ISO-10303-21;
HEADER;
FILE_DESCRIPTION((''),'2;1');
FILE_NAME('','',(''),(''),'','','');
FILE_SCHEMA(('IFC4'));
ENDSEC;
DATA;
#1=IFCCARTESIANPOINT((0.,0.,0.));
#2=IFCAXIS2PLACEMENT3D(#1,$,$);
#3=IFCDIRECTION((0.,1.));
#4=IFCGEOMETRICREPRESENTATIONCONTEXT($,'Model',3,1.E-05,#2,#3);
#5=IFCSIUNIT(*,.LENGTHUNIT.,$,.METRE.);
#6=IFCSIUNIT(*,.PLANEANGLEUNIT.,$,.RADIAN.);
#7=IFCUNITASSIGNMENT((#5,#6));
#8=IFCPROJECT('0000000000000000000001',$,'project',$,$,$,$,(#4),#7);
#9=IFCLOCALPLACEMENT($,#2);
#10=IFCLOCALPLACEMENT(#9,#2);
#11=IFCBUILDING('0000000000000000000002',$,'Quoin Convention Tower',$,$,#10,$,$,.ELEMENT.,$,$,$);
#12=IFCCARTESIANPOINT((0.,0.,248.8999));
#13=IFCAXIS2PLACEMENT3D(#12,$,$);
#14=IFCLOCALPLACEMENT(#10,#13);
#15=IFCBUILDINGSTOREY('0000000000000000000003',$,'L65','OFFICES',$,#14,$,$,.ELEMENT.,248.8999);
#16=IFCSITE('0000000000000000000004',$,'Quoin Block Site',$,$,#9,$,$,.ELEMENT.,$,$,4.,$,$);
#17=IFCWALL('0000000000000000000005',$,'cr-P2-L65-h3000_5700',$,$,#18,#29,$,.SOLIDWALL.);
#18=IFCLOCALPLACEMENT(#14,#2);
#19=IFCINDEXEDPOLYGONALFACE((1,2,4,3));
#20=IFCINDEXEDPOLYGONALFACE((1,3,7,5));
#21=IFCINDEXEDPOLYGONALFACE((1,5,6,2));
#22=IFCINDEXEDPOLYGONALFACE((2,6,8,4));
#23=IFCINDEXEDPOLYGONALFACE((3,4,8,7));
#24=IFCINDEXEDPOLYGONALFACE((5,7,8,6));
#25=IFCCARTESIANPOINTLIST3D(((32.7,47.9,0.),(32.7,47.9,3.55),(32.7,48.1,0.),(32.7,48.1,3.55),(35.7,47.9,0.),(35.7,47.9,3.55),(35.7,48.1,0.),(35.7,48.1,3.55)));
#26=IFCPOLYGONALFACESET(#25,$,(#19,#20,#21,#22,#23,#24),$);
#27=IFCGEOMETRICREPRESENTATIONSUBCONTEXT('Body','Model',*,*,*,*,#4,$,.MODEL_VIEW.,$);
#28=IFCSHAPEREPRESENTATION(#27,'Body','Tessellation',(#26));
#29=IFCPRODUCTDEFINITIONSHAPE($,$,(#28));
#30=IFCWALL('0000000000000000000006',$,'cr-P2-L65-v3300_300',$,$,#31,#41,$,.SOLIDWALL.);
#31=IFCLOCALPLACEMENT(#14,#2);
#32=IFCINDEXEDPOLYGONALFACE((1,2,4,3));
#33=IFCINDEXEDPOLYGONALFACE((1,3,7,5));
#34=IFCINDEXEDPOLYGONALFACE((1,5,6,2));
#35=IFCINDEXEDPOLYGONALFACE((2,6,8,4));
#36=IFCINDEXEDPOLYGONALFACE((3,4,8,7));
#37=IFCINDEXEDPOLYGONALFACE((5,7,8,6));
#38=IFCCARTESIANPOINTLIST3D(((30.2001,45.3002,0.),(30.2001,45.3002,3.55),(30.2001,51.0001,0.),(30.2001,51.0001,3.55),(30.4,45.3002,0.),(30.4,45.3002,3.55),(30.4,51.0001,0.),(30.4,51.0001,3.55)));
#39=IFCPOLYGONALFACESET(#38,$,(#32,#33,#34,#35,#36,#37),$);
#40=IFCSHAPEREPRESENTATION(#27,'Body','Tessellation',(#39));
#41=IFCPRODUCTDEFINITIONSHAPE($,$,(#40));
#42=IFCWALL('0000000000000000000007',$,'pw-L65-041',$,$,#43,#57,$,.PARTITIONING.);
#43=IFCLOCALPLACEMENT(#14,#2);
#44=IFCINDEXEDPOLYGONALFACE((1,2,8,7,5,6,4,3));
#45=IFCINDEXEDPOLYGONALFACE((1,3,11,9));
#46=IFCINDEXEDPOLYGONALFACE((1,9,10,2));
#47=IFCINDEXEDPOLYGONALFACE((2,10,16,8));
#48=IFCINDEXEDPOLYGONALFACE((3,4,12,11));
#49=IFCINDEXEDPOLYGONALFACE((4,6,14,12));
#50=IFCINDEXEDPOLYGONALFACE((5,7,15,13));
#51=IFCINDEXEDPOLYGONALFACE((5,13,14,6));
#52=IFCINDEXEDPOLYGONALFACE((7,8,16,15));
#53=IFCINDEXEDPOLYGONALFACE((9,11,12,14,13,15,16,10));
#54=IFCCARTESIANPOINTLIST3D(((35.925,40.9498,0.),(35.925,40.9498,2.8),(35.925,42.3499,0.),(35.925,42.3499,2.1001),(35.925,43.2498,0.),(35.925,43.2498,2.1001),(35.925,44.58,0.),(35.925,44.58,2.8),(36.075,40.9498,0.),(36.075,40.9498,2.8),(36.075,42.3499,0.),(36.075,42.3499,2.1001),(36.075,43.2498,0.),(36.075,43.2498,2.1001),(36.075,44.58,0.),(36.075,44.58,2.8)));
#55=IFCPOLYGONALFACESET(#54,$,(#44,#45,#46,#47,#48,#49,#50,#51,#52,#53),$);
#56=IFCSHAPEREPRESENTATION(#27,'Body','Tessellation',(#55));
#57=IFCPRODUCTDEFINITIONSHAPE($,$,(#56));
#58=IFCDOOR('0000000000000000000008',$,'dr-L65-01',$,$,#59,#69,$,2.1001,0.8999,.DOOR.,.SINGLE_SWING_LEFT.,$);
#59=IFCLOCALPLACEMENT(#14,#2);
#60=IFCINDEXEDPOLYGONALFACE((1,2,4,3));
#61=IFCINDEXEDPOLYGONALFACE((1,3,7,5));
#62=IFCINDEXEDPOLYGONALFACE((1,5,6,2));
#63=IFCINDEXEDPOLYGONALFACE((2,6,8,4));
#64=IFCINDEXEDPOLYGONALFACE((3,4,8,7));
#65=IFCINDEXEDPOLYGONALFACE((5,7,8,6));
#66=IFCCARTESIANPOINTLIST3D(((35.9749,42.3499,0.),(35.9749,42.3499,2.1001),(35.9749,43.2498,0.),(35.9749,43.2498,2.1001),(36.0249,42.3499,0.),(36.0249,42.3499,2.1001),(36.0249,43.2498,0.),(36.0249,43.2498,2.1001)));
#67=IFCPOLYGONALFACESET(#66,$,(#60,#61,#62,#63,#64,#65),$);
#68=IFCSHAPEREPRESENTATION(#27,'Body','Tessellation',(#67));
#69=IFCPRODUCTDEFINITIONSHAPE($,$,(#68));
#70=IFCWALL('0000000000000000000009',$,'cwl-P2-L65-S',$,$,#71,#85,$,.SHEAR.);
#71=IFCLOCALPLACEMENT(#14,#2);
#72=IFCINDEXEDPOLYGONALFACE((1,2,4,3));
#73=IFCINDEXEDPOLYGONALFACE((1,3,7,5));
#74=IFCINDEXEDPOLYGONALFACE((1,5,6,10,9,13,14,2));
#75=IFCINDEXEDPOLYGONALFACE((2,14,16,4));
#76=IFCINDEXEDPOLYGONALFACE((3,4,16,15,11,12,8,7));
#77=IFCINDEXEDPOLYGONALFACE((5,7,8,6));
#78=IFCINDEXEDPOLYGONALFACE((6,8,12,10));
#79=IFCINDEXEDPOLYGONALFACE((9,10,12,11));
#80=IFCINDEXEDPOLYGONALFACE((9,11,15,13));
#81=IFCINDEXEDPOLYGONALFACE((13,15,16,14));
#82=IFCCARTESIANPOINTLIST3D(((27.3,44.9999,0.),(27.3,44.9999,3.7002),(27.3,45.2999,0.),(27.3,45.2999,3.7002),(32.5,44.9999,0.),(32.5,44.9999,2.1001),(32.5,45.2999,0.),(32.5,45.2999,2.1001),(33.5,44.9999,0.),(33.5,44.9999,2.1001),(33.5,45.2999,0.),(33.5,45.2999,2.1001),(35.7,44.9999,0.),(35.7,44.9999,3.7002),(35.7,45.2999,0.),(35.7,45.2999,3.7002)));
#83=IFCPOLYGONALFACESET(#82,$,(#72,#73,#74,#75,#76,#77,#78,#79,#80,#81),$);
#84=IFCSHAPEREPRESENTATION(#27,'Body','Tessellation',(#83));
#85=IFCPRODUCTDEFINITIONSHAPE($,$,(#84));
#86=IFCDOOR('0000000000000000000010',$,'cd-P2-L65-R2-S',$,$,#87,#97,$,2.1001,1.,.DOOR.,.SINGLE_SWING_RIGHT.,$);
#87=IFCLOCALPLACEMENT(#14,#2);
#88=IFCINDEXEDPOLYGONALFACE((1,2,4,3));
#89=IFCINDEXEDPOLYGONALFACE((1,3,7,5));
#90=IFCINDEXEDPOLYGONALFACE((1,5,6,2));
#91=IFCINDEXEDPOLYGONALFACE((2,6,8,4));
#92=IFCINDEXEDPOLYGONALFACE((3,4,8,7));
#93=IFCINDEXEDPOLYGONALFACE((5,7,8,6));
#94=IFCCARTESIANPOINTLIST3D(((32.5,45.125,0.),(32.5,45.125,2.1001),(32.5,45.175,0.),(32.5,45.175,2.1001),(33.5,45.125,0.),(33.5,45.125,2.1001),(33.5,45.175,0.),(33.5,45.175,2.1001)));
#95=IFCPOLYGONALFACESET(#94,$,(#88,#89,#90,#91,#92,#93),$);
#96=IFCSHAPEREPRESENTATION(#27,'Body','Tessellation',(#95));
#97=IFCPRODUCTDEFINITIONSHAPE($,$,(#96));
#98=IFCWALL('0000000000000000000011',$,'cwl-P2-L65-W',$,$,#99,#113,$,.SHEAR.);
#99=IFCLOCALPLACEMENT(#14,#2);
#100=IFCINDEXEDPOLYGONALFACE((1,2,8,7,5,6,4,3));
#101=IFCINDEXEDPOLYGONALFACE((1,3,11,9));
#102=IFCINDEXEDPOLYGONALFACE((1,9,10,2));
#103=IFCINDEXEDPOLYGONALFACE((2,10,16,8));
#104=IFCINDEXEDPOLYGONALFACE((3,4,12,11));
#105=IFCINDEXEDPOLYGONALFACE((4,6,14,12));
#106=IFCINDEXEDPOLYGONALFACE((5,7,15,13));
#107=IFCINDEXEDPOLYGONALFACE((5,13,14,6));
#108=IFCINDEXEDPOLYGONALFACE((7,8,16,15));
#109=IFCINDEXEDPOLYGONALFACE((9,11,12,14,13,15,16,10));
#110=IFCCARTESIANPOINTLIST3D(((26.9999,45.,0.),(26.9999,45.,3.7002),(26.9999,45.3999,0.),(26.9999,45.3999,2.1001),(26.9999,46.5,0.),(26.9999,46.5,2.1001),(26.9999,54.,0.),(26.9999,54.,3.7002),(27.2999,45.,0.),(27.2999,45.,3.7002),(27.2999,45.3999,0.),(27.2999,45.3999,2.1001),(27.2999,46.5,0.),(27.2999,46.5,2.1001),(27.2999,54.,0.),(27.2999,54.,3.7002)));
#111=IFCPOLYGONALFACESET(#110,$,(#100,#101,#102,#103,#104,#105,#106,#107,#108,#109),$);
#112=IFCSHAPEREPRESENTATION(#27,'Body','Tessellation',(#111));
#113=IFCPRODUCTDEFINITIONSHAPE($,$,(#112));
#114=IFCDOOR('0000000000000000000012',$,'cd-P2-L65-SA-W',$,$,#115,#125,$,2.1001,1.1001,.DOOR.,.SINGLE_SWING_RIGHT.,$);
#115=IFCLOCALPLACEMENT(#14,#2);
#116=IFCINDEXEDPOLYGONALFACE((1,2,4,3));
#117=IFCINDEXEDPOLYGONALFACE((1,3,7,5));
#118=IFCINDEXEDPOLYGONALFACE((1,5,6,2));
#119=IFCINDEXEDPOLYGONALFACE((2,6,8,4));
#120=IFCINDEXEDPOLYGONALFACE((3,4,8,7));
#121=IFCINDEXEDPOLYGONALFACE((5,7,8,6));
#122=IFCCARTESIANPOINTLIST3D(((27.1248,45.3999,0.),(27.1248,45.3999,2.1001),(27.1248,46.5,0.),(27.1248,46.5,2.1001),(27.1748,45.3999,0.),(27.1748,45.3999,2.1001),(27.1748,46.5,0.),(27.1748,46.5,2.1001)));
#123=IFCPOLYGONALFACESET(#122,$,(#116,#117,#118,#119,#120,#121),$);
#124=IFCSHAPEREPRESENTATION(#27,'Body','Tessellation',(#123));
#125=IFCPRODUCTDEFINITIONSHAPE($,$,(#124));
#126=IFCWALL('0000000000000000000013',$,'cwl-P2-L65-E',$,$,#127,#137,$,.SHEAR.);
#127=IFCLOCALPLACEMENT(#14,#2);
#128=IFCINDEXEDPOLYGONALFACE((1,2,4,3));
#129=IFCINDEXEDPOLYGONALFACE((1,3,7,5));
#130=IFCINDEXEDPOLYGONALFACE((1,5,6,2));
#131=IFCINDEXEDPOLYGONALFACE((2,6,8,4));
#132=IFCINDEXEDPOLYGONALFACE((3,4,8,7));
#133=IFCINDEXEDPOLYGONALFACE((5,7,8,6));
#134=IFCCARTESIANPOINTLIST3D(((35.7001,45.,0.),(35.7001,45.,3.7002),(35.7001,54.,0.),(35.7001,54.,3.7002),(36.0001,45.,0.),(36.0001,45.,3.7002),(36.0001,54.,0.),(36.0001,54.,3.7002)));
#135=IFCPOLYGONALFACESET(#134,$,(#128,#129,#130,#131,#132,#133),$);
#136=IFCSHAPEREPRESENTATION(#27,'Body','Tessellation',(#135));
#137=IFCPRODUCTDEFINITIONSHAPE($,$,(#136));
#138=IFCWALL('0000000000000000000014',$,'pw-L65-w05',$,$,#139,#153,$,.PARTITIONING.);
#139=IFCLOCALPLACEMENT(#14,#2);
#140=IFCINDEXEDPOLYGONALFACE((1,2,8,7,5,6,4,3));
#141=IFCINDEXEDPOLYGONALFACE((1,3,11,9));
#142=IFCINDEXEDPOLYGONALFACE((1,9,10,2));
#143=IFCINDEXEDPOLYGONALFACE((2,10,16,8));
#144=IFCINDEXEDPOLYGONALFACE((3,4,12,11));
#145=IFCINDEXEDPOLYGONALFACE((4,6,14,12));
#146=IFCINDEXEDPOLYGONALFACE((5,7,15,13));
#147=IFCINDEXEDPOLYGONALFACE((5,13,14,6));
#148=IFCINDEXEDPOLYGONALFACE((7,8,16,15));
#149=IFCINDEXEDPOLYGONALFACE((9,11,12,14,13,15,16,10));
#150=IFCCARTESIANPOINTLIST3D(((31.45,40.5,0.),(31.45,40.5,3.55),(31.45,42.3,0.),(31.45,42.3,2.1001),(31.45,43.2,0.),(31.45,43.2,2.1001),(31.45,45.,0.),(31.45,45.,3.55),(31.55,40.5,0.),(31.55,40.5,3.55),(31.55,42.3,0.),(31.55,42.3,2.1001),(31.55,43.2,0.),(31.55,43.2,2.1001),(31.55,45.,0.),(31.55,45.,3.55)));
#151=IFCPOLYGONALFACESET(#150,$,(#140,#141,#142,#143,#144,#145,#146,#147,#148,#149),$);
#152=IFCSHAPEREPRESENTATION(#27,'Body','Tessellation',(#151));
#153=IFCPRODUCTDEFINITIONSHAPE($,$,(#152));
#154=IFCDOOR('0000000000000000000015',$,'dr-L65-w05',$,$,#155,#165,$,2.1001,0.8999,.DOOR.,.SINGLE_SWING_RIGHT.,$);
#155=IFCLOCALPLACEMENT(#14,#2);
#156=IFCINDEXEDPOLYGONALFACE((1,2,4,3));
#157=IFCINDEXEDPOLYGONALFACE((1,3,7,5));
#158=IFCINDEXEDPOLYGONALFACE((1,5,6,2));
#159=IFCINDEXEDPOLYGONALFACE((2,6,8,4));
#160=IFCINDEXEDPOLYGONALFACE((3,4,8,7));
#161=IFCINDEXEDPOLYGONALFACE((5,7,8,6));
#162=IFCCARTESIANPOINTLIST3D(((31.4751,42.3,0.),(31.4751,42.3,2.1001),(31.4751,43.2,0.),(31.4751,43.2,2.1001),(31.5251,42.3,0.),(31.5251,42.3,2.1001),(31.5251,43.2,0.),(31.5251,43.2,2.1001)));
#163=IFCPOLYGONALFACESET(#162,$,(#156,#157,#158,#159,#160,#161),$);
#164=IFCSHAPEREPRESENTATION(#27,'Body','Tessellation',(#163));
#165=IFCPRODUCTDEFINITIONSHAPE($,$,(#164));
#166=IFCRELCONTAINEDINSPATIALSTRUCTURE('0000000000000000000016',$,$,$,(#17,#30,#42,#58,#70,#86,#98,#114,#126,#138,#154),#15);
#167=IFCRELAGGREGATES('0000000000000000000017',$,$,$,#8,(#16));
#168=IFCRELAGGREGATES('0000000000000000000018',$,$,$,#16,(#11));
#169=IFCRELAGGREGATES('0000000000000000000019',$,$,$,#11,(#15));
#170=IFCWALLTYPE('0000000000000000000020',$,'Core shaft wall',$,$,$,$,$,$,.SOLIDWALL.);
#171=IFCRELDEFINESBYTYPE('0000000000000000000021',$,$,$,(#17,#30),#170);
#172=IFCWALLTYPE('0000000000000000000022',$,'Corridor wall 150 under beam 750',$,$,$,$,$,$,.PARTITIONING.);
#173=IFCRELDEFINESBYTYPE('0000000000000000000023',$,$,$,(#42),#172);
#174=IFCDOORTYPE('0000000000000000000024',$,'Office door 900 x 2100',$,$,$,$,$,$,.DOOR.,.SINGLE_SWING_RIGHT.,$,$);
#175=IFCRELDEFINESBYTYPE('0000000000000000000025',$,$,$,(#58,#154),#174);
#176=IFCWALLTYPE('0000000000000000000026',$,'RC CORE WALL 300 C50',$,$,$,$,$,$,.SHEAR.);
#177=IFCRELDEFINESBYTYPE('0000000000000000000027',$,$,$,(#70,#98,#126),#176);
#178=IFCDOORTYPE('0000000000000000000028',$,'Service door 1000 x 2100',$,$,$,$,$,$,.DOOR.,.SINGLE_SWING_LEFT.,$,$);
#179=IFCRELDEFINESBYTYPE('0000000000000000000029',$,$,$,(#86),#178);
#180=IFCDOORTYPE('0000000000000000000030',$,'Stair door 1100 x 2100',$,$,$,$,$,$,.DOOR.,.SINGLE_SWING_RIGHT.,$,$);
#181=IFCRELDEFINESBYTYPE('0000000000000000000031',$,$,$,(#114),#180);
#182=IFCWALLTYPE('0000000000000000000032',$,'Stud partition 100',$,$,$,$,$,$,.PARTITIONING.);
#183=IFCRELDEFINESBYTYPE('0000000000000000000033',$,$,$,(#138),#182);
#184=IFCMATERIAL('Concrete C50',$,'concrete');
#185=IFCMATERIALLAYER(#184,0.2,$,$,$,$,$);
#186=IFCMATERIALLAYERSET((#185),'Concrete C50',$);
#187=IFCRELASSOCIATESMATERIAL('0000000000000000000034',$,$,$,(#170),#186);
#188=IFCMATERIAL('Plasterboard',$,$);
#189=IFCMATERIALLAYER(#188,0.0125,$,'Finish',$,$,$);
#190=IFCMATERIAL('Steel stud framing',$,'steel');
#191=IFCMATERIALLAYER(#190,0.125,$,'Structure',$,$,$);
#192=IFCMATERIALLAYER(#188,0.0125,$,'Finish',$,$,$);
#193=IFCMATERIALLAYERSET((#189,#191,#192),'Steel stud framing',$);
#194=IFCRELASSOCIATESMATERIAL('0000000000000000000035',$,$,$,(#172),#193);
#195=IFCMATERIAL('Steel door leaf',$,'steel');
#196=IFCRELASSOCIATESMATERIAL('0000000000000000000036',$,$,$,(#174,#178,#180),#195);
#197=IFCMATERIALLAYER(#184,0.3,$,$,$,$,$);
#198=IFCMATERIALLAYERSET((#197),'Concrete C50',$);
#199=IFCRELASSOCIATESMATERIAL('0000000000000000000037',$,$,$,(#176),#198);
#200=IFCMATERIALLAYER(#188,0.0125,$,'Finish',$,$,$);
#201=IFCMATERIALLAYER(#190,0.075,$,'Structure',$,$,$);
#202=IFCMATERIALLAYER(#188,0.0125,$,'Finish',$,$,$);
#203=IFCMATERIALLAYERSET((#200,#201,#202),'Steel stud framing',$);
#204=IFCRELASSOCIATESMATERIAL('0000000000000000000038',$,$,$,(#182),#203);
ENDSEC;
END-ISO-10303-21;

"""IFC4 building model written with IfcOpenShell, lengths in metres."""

from ifc_helpers import new_model, si_unit, direction, frame, frame_2d, origin, place, context, subcontext, project, spatial, rectangle, extrude, material, layer, layer_set, type_object, element, fill, save


model = new_model("IFC4")

# Units and contexts
model_context = context("Model", 3, precision=1e-05, world=origin(), true_north=direction((0.0, 1.0)))
body_context = subcontext(model_context, "Body", "Model", "MODEL_VIEW")
ifc_project = project(units=[si_unit("LENGTHUNIT", "METRE"), si_unit("PLANEANGLEUNIT", "RADIAN")], contexts=[model_context])

# Site, building, storey
site_placement = place(None, origin())
site = spatial("IfcSite", under=ifc_project, at=site_placement, Name="Quoin Block Site", CompositionType="ELEMENT", RefElevation=4.0)
building_placement = place(site_placement, origin())
building = spatial("IfcBuilding", under=site, at=building_placement, Name="Quoin Convention Tower", CompositionType="ELEMENT")
storey_placement = place(building_placement, frame((0.0, 0.0, 248.8999)))
storey = spatial("IfcBuildingStorey", under=building, at=storey_placement, Name="L65", Description="OFFICES", CompositionType="ELEMENT", Elevation=248.8999)

# Shared definitions
ifc_material_1 = material(Name="Concrete C50", Category="concrete")

# Walls
ifc_layer_1 = layer(ifc_material_1, 0.2)
ifc_layer_set_1 = layer_set([ifc_layer_1], Name="Concrete C50")
wall_type_1 = type_object("IfcWallType", Name="Core shaft wall", PredefinedType="SOLIDWALL", material=ifc_layer_set_1)
wall_1_placement = place(storey_placement, frame((32.7, 48.0, 0.0), z_axis=(0.0, 0.0, 1.0), x_axis=(1.0, 0.0, 0.0)))
element("IfcWall", 1, at=wall_1_placement, inside=storey, type_object=wall_type_1, Name="cr-P2-L65-h3000_5700", PredefinedType="SOLIDWALL", context=body_context, shape_type="SweptSolid", body=[
    extrude(rectangle(XDim=3.0, YDim=0.2, at=frame_2d((1.5, 0.0))), origin(), (0.0, 0.0, 1.0), 3.55),
])
wall_2_placement = place(storey_placement, frame((30.3, 45.3, 0.0), z_axis=(0.0, 0.0, 1.0), x_axis=(0.0, 1.0, 0.0)))
element("IfcWall", 2, at=wall_2_placement, inside=storey, type_object=wall_type_1, Name="cr-P2-L65-v3300_300", PredefinedType="SOLIDWALL", context=body_context, shape_type="SweptSolid", body=[
    extrude(rectangle(XDim=5.7, YDim=0.2, at=frame_2d((2.8501, 0.0))), origin(), (0.0, 0.0, 1.0), 3.55),
])

# Walls, openings, doors
ifc_material_2 = material(Name="Plasterboard")
ifc_layer_2 = layer(ifc_material_2, 0.0125, Name="Finish")
ifc_material_3 = material(Name="Steel stud framing", Category="steel")
ifc_layer_3 = layer(ifc_material_3, 0.125, Name="Structure")
ifc_layer_4 = layer(ifc_material_2, 0.0125, Name="Finish")
ifc_layer_set_2 = layer_set([ifc_layer_2, ifc_layer_3, ifc_layer_4], Name="Steel stud framing")
wall_type_2 = type_object("IfcWallType", Name="Corridor wall 150 under beam 750", PredefinedType="PARTITIONING", material=ifc_layer_set_2)
wall_3_placement = place(storey_placement, frame((36.0, 40.95, 0.0), z_axis=(0.0, 0.0, 1.0), x_axis=(0.0, 1.0, 0.0)))
wall_3 = element("IfcWall", 3, at=wall_3_placement, inside=storey, type_object=wall_type_2, Name="pw-L65-041", PredefinedType="PARTITIONING", context=body_context, shape_type="SweptSolid", body=[
    extrude(rectangle(XDim=3.6301, YDim=0.1499, at=frame_2d((1.8149, 0.0))), origin(), (0.0, 0.0, 1.0), 2.8),
])
opening_1_placement = place(wall_3_placement, frame((1.3999, 0.0, 0.0)))
opening_1 = element("IfcOpeningElement", 4, at=opening_1_placement, cuts=wall_3, PredefinedType="OPENING", context=body_context, shape_type="SweptSolid", body=[
    extrude(rectangle(XDim=0.8999, YDim=2.1001, at=frame_2d((0.45, 1.05))), frame((0.0, 0.085, 0.0), z_axis=(0.0, -1.0, 0.0), x_axis=(1.0, 0.0, 0.0)), (0.0, 0.0, 1.0), 0.1699),
])
ifc_material_4 = material(Name="Steel door leaf", Category="steel")
door_type_1 = type_object("IfcDoorType", Name="Office door 900 x 2100", OperationType="SINGLE_SWING_RIGHT", PredefinedType="DOOR", material=ifc_material_4)
door_1_placement = place(opening_1_placement, frame((0.8999, 0.0, 0.0), z_axis=(0.0, 0.0, 1.0), x_axis=(-1.0, 0.0, 0.0)))
door_1 = element("IfcDoor", 5, at=door_1_placement, inside=storey, type_object=door_type_1, Name="dr-L65-01", OperationType="SINGLE_SWING_LEFT", OverallHeight=2.1001, OverallWidth=0.8999, PredefinedType="DOOR", context=body_context, shape_type="SweptSolid", body=[
    extrude(rectangle(XDim=0.8999, YDim=2.1001, at=frame_2d((0.45, 1.05))), frame((0.0, 0.0249, 0.0), z_axis=(0.0, -1.0, 0.0), x_axis=(1.0, 0.0, 0.0)), (0.0, 0.0, 1.0), 0.05),
])
fill(opening_1, door_1)
ifc_layer_5 = layer(ifc_material_1, 0.3)
ifc_layer_set_3 = layer_set([ifc_layer_5], Name="Concrete C50")
wall_type_3 = type_object("IfcWallType", Name="RC CORE WALL 300 C50", PredefinedType="SHEAR", material=ifc_layer_set_3)
wall_4_placement = place(storey_placement, frame((27.3, 45.1499, 0.0), z_axis=(0.0, 0.0, 1.0), x_axis=(1.0, 0.0, 0.0)))
wall_4 = element("IfcWall", 6, at=wall_4_placement, inside=storey, type_object=wall_type_3, Name="cwl-P2-L65-S", PredefinedType="SHEAR", context=body_context, shape_type="SweptSolid", body=[
    extrude(rectangle(XDim=8.3999, YDim=0.3, at=frame_2d((4.2, 0.0))), origin(), (0.0, 0.0, 1.0), 3.7002),
])
opening_2_placement = place(wall_4_placement, frame((5.2, 0.0, 0.0)))
opening_2 = element("IfcOpeningElement", 7, at=opening_2_placement, cuts=wall_4, PredefinedType="OPENING", context=body_context, shape_type="SweptSolid", body=[
    extrude(rectangle(XDim=1.0, YDim=2.1001, at=frame_2d((0.5, 1.05))), frame((0.0, 0.1599, 0.0), z_axis=(0.0, -1.0, 0.0), x_axis=(1.0, 0.0, 0.0)), (0.0, 0.0, 1.0), 0.3201),
])
door_type_2 = type_object("IfcDoorType", Name="Service door 1000 x 2100", OperationType="SINGLE_SWING_LEFT", PredefinedType="DOOR", material=ifc_material_4)
door_2_placement = place(opening_2_placement, frame((1.0, 0.0, 0.0), z_axis=(0.0, 0.0, 1.0), x_axis=(-1.0, 0.0, 0.0)))
door_2 = element("IfcDoor", 8, at=door_2_placement, inside=storey, type_object=door_type_2, Name="cd-P2-L65-R2-S", OperationType="SINGLE_SWING_RIGHT", OverallHeight=2.1001, OverallWidth=1.0, PredefinedType="DOOR", context=body_context, shape_type="SweptSolid", body=[
    extrude(rectangle(XDim=1.0, YDim=2.1001, at=frame_2d((0.5, 1.05))), frame((0.0, 0.0249, 0.0), z_axis=(0.0, -1.0, 0.0), x_axis=(1.0, 0.0, 0.0)), (0.0, 0.0, 1.0), 0.05),
])
fill(opening_2, door_2)
wall_5_placement = place(storey_placement, frame((27.1499, 45.0, 0.0), z_axis=(0.0, 0.0, 1.0), x_axis=(0.0, 1.0, 0.0)))
wall_5 = element("IfcWall", 9, at=wall_5_placement, inside=storey, type_object=wall_type_3, Name="cwl-P2-L65-W", PredefinedType="SHEAR", context=body_context, shape_type="SweptSolid", body=[
    extrude(rectangle(XDim=9.0, YDim=0.3, at=frame_2d((4.5, 0.0))), origin(), (0.0, 0.0, 1.0), 3.7002),
])
opening_3_placement = place(wall_5_placement, frame((0.3999, 0.0, 0.0)))
opening_3 = element("IfcOpeningElement", 10, at=opening_3_placement, cuts=wall_5, PredefinedType="OPENING", context=body_context, shape_type="SweptSolid", body=[
    extrude(rectangle(XDim=1.1001, YDim=2.1001, at=frame_2d((0.55, 1.05))), frame((0.0, 0.1599, 0.0), z_axis=(0.0, -1.0, 0.0), x_axis=(1.0, 0.0, 0.0)), (0.0, 0.0, 1.0), 0.3201),
])
door_type_3 = type_object("IfcDoorType", Name="Stair door 1100 x 2100", OperationType="SINGLE_SWING_RIGHT", PredefinedType="DOOR", material=ifc_material_4)
door_3_placement = place(opening_3_placement, frame((1.1001, 0.0, 0.0), z_axis=(0.0, 0.0, 1.0), x_axis=(-1.0, 0.0, 0.0)))
door_3 = element("IfcDoor", 11, at=door_3_placement, inside=storey, type_object=door_type_3, Name="cd-P2-L65-SA-W", OperationType="SINGLE_SWING_RIGHT", OverallHeight=2.1001, OverallWidth=1.1001, PredefinedType="DOOR", context=body_context, shape_type="SweptSolid", body=[
    extrude(rectangle(XDim=1.1001, YDim=2.1001, at=frame_2d((0.55, 1.05))), frame((0.0, 0.0249, 0.0), z_axis=(0.0, -1.0, 0.0), x_axis=(1.0, 0.0, 0.0)), (0.0, 0.0, 1.0), 0.05),
])
fill(opening_3, door_3)

# Wall
wall_6_placement = place(storey_placement, frame((35.8501, 45.0, 0.0), z_axis=(0.0, 0.0, 1.0), x_axis=(0.0, 1.0, 0.0)))
element("IfcWall", 12, at=wall_6_placement, inside=storey, type_object=wall_type_3, Name="cwl-P2-L65-E", PredefinedType="SHEAR", context=body_context, shape_type="SweptSolid", body=[
    extrude(rectangle(XDim=9.0, YDim=0.3, at=frame_2d((4.5, 0.0))), origin(), (0.0, 0.0, 1.0), 3.7002),
])

# Wall, opening, door
ifc_layer_6 = layer(ifc_material_2, 0.0125, Name="Finish")
ifc_layer_7 = layer(ifc_material_3, 0.075, Name="Structure")
ifc_layer_8 = layer(ifc_material_2, 0.0125, Name="Finish")
ifc_layer_set_4 = layer_set([ifc_layer_6, ifc_layer_7, ifc_layer_8], Name="Steel stud framing")
wall_type_4 = type_object("IfcWallType", Name="Stud partition 100", PredefinedType="PARTITIONING", material=ifc_layer_set_4)
wall_7_placement = place(storey_placement, frame((31.5, 45.0, 0.0), z_axis=(0.0, 0.0, 1.0), x_axis=(0.0, -1.0, 0.0)))
wall_7 = element("IfcWall", 13, at=wall_7_placement, inside=storey, type_object=wall_type_4, Name="pw-L65-w05", PredefinedType="PARTITIONING", context=body_context, shape_type="SweptSolid", body=[
    extrude(rectangle(XDim=4.5, YDim=0.1001, at=frame_2d((2.25, 0.0))), origin(), (0.0, 0.0, 1.0), 3.55),
])
opening_4_placement = place(wall_7_placement, frame((1.8, 0.0, 0.0)))
opening_4 = element("IfcOpeningElement", 14, at=opening_4_placement, cuts=wall_7, PredefinedType="OPENING", context=body_context, shape_type="SweptSolid", body=[
    extrude(rectangle(XDim=0.8999, YDim=2.1001, at=frame_2d((0.45, 1.05))), frame((0.0, 0.0601, 0.0), z_axis=(0.0, -1.0, 0.0), x_axis=(1.0, 0.0, 0.0)), (0.0, 0.0, 1.0), 0.1201),
])
door_4_placement = place(opening_4_placement, frame((0.8999, 0.0, 0.0), z_axis=(0.0, 0.0, 1.0), x_axis=(-1.0, 0.0, 0.0)))
door_4 = element("IfcDoor", 15, at=door_4_placement, inside=storey, type_object=door_type_1, Name="dr-L65-w05", OperationType="SINGLE_SWING_RIGHT", OverallHeight=2.1001, OverallWidth=0.8999, PredefinedType="DOOR", context=body_context, shape_type="SweptSolid", body=[
    extrude(rectangle(XDim=0.8999, YDim=2.1001, at=frame_2d((0.45, 1.05))), frame((0.0, 0.0249, 0.0), z_axis=(0.0, -1.0, 0.0), x_axis=(1.0, 0.0, 0.0)), (0.0, 0.0, 1.0), 0.05),
])
fill(opening_4, door_4)

save(model, "model.ifc")
